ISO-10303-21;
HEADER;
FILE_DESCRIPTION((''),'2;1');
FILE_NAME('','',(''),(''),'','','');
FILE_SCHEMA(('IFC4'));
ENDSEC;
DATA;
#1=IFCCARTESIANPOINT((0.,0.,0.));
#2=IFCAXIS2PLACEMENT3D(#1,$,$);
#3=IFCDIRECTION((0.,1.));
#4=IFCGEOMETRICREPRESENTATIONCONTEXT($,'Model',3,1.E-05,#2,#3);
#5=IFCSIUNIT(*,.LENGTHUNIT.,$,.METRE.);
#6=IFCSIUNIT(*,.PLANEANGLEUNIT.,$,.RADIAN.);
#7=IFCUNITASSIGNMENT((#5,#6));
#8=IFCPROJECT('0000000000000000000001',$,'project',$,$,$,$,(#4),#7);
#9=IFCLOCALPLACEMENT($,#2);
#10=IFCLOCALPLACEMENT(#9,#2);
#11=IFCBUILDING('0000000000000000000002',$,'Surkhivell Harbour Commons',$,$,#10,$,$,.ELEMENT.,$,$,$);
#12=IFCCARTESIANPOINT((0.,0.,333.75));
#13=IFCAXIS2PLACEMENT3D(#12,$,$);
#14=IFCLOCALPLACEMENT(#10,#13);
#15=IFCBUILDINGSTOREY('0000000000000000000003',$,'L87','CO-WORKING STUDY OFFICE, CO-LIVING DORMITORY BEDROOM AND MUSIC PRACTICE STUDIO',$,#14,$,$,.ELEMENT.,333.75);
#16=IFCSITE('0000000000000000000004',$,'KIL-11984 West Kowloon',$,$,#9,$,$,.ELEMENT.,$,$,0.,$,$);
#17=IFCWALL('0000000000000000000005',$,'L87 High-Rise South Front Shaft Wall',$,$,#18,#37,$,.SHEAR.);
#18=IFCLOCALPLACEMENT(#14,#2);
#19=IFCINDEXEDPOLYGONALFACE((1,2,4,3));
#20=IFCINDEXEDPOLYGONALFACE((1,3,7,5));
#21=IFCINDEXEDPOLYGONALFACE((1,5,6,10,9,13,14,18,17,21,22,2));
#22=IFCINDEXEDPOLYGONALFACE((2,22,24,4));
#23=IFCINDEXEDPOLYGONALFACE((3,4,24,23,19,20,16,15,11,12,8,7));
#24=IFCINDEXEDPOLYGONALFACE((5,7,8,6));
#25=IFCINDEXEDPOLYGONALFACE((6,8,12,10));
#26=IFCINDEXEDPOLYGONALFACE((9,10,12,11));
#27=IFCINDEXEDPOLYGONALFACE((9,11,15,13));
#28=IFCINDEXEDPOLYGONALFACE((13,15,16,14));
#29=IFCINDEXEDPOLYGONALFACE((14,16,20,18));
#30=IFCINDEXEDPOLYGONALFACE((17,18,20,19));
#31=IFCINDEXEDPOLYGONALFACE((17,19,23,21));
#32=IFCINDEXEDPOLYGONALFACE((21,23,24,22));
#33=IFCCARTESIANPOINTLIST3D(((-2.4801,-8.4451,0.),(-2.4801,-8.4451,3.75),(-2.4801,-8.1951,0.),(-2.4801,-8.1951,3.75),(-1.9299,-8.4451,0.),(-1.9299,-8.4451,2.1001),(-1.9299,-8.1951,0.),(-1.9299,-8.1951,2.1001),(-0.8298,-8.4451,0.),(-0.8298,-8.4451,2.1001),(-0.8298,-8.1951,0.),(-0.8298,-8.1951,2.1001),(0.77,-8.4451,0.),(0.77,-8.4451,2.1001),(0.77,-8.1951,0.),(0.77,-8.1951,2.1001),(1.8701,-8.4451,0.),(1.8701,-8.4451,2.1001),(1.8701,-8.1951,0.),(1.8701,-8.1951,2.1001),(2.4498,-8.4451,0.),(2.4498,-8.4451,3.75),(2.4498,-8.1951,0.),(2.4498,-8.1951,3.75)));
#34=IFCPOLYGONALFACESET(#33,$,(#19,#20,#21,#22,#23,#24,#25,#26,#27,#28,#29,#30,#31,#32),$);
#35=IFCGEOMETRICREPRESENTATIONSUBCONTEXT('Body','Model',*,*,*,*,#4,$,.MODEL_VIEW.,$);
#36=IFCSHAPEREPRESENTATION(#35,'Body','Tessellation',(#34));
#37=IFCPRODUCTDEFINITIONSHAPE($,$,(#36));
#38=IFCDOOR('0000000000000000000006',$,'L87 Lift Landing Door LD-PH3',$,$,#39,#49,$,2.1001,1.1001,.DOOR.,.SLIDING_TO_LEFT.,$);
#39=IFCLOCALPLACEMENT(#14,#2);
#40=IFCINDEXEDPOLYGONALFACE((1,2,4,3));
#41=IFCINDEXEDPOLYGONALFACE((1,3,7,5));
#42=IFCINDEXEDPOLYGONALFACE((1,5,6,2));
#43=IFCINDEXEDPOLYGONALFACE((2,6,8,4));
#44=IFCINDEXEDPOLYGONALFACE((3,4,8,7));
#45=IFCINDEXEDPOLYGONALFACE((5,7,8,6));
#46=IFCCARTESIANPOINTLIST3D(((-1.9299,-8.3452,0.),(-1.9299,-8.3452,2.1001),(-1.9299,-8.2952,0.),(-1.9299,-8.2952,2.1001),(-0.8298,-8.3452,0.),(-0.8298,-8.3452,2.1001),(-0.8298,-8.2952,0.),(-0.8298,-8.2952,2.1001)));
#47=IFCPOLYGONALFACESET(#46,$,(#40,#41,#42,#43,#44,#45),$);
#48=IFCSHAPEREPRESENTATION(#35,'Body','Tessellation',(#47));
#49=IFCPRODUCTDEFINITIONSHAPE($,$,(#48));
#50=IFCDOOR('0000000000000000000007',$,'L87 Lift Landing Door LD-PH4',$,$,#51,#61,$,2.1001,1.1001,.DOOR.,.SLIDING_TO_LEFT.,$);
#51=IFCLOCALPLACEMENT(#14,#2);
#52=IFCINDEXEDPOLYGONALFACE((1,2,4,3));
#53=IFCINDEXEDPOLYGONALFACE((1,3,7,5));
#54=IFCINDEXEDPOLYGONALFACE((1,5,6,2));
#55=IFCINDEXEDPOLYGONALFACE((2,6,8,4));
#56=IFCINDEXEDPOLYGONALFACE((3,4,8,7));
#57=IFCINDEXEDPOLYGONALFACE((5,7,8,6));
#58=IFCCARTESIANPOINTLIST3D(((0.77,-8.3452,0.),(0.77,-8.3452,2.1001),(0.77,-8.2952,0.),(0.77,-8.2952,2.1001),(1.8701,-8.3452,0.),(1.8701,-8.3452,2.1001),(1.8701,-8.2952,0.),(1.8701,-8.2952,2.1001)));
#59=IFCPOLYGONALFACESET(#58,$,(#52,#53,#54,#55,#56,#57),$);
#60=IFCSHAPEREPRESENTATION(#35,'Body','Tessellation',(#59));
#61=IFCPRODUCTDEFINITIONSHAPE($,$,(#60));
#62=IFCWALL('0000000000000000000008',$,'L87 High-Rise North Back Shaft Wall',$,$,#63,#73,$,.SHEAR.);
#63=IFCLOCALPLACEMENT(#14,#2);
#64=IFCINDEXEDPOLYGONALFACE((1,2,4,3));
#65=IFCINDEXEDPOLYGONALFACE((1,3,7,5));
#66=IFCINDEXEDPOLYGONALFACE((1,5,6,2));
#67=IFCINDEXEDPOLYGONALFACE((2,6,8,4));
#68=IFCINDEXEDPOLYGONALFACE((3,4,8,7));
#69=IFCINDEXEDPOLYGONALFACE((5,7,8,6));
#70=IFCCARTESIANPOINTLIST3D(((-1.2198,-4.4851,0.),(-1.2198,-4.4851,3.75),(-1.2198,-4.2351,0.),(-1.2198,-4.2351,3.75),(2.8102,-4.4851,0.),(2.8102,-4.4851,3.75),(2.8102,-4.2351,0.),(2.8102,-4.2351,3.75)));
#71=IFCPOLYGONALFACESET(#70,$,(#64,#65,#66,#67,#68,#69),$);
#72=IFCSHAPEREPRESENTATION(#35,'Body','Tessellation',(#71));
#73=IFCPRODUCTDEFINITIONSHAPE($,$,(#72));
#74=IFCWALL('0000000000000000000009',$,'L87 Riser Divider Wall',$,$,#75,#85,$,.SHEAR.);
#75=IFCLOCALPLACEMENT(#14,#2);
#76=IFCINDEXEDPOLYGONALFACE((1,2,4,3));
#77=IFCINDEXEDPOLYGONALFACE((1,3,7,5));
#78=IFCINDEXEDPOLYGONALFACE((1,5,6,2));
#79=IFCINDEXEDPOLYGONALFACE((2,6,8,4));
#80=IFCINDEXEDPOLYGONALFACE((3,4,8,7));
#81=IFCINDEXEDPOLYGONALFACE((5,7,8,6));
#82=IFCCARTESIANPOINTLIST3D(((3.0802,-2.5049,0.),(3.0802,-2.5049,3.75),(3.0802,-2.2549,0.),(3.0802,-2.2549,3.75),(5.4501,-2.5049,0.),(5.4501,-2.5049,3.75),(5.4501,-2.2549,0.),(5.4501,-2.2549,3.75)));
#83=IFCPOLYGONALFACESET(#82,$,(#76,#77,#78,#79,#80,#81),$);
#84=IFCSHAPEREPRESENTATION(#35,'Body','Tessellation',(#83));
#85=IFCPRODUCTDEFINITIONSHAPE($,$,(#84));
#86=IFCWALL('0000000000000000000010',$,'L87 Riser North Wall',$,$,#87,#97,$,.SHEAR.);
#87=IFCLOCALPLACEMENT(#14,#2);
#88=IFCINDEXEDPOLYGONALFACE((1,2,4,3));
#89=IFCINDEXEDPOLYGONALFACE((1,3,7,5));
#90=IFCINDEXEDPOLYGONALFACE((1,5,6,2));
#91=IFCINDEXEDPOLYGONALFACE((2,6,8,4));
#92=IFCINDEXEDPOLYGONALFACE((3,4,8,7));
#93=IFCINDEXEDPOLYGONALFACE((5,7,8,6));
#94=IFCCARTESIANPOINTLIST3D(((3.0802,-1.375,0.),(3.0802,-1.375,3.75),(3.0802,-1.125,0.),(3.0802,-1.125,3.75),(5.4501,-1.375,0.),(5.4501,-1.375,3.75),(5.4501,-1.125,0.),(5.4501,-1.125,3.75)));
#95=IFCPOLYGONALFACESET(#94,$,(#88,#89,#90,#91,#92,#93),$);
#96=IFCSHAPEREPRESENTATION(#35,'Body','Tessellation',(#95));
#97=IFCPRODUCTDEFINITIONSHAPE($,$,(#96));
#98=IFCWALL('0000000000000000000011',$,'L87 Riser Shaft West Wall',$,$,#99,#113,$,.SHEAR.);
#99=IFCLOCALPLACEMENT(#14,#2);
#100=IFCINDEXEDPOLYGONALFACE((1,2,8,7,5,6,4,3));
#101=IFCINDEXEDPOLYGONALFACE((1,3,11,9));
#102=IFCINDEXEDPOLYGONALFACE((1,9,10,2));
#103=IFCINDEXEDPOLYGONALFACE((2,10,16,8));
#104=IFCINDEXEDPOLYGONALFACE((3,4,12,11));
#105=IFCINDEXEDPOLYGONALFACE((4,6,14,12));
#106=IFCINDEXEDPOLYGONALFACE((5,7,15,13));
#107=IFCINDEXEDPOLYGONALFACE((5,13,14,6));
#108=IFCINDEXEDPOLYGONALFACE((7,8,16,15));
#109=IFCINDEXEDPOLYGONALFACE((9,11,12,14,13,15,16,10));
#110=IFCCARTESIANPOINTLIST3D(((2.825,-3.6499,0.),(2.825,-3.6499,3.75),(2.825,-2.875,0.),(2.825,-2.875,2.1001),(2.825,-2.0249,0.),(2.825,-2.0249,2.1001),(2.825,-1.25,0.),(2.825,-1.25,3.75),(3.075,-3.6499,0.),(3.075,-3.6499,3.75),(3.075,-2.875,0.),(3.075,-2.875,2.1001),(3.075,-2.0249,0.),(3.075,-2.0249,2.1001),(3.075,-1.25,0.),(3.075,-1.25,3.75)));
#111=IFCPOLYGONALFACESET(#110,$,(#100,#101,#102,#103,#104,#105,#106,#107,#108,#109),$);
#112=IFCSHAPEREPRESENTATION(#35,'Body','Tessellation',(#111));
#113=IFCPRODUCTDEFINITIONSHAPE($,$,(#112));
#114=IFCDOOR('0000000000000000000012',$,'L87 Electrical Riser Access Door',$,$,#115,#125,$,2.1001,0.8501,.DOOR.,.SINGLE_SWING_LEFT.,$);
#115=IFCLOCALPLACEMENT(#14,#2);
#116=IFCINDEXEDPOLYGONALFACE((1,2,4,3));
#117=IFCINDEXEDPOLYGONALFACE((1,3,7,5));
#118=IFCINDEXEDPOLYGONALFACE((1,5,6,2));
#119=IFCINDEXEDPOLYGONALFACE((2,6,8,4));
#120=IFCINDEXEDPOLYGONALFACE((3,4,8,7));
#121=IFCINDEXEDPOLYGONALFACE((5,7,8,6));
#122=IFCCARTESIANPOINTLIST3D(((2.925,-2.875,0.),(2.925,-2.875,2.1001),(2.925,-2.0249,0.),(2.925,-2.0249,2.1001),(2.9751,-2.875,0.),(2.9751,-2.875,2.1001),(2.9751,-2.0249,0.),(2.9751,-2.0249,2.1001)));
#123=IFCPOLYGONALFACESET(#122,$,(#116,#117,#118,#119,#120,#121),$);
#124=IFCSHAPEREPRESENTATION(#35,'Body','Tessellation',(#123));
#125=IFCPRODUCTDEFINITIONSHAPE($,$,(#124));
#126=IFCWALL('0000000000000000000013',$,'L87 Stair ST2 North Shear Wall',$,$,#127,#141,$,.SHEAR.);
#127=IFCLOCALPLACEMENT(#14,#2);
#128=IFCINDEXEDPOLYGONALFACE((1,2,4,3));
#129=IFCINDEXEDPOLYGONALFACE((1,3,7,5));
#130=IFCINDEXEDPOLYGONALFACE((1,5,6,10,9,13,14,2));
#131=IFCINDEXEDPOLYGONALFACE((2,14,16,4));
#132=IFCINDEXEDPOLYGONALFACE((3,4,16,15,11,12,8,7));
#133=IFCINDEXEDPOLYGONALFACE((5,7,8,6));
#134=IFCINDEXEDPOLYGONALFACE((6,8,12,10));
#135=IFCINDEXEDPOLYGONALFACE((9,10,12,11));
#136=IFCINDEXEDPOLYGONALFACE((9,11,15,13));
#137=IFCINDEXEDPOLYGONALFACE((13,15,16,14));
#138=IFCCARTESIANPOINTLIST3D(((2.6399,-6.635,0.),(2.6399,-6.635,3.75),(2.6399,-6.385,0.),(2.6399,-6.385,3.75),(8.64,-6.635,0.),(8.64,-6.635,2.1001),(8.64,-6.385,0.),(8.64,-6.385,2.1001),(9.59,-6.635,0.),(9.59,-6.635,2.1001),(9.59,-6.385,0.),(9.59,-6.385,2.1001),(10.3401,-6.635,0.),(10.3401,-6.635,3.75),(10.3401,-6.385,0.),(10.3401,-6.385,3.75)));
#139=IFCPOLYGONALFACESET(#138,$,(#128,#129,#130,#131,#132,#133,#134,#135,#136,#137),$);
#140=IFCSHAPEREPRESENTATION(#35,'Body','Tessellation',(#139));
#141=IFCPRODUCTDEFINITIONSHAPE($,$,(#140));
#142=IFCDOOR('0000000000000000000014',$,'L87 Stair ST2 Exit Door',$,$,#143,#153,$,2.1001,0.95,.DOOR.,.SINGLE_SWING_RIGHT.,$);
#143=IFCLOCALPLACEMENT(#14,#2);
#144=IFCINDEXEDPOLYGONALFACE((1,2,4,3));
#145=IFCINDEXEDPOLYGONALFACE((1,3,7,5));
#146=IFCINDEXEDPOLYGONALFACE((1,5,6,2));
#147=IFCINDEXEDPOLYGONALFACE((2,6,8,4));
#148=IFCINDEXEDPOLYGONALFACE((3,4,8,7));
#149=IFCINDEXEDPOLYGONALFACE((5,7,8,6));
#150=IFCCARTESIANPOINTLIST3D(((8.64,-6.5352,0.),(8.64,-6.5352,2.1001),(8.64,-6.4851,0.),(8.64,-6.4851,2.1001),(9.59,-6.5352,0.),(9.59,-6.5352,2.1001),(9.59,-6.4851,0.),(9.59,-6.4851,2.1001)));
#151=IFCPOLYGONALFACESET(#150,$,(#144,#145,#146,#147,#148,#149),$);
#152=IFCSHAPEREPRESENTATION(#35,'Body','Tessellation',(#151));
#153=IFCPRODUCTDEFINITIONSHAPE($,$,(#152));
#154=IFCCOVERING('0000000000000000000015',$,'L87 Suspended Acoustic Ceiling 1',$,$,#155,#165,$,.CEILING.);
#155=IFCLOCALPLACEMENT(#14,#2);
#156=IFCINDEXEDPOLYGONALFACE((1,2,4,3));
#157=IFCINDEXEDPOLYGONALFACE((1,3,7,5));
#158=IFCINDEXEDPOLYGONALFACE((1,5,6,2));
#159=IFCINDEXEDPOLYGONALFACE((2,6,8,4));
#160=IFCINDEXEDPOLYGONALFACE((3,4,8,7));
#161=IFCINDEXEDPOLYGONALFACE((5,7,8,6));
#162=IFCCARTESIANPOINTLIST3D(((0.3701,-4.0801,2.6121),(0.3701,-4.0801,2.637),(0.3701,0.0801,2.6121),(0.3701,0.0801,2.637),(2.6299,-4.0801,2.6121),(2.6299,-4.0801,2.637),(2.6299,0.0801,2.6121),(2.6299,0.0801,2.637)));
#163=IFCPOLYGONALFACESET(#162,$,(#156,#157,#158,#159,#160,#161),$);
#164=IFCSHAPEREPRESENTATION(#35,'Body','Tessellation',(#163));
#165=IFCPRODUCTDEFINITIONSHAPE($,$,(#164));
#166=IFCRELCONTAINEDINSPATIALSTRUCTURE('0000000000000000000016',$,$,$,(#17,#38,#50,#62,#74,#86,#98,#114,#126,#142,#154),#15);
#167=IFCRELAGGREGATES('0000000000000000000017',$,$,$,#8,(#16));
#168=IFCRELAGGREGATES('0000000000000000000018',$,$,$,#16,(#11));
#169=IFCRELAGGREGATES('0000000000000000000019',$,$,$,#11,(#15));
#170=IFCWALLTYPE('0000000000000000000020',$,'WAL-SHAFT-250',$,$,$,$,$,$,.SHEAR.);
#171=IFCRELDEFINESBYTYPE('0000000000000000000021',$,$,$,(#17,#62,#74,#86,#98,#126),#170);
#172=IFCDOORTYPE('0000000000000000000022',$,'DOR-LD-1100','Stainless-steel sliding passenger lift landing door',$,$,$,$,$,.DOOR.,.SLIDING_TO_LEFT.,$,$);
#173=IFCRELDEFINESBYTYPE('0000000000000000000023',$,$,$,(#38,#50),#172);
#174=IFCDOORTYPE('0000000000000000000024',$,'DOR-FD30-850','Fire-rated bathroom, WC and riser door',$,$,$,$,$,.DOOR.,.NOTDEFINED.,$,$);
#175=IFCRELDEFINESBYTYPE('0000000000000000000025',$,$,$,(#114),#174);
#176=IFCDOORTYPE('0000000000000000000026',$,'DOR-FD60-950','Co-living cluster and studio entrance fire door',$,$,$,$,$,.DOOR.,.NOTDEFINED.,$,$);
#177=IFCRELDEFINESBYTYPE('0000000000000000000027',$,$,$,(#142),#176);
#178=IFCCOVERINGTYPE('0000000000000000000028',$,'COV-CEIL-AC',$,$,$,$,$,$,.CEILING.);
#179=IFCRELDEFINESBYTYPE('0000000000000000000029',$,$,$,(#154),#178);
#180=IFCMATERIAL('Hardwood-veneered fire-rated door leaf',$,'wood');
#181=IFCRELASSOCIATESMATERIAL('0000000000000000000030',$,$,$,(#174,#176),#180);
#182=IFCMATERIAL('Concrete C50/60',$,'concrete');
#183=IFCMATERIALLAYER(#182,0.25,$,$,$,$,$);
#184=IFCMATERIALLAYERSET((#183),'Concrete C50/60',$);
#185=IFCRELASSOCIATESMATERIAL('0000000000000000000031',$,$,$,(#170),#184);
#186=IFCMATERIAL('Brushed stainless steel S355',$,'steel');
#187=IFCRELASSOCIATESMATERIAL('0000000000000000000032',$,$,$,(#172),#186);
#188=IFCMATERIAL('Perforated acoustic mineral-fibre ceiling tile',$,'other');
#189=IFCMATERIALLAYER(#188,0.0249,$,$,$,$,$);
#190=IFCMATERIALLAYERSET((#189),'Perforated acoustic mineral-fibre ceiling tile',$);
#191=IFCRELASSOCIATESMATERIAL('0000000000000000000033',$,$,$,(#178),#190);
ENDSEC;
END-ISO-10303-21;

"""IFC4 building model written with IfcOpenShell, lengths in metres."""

from ifc_helpers import new_model, si_unit, direction, frame, frame_2d, origin, place, context, subcontext, project, spatial, polyline, rectangle, outline, extrude, material, layer, layer_set, type_object, element, fill, save


model = new_model("IFC4")

# Units and contexts
model_context = context("Model", 3, precision=1e-05, world=origin(), true_north=direction((0.0, 1.0)))
body_context = subcontext(model_context, "Body", "Model", "MODEL_VIEW")
ifc_project = project(units=[si_unit("LENGTHUNIT", "METRE"), si_unit("PLANEANGLEUNIT", "RADIAN")], contexts=[model_context])

# Site, building, storey
site_placement = place(None, origin())
site = spatial("IfcSite", under=ifc_project, at=site_placement, Name="KIL-11984 West Kowloon", CompositionType="ELEMENT", RefElevation=0.0)
building_placement = place(site_placement, origin())
building = spatial("IfcBuilding", under=site, at=building_placement, Name="Surkhivell Harbour Commons", CompositionType="ELEMENT")
storey_placement = place(building_placement, frame((0.0, 0.0, 333.75)))
storey = spatial("IfcBuildingStorey", under=building, at=storey_placement, Name="L87", Description="CO-WORKING STUDY OFFICE, CO-LIVING DORMITORY BEDROOM AND MUSIC PRACTICE STUDIO", CompositionType="ELEMENT", Elevation=333.75)

# Shared definitions
ifc_material_1 = material(Name="Hardwood-veneered fire-rated door leaf", Category="wood")
door_type_1 = type_object("IfcDoorType", Name="DOR-FD30-850", Description="Fire-rated bathroom, WC and riser door", OperationType="NOTDEFINED", PredefinedType="DOOR", material=ifc_material_1)

# Shared definitions
ifc_material_2 = material(Name="Concrete C50/60", Category="concrete")
ifc_layer_1 = layer(ifc_material_2, 0.25)
ifc_layer_set_1 = layer_set([ifc_layer_1], Name="Concrete C50/60")
wall_type_1 = type_object("IfcWallType", Name="WAL-SHAFT-250", PredefinedType="SHEAR", material=ifc_layer_set_1)

# Wall, openings, doors
ifc_material_3 = material(Name="Brushed stainless steel S355", Category="steel")
door_type_2 = type_object("IfcDoorType", Name="DOR-LD-1100", Description="Stainless-steel sliding passenger lift landing door", OperationType="SLIDING_TO_LEFT", PredefinedType="DOOR", material=ifc_material_3)
wall_1_placement = place(storey_placement, frame((-2.48, -8.3201, 0.0), z_axis=(0.0, 0.0, 1.0), x_axis=(1.0, 0.0, 0.0)))
wall_1 = element("IfcWall", 1, at=wall_1_placement, inside=storey, type_object=wall_type_1, Name="L87 High-Rise South Front Shaft Wall", PredefinedType="SHEAR", context=body_context, shape_type="SweptSolid", body=[
    extrude(rectangle(XDim=4.9299, YDim=0.25, at=frame_2d((2.4648, 0.0))), origin(), (0.0, 0.0, 1.0), 3.75),
])
opening_1_placement = place(wall_1_placement, frame((0.55, 0.0, 0.0)))
opening_1 = element("IfcOpeningElement", 2, at=opening_1_placement, cuts=wall_1, PredefinedType="OPENING", context=body_context, shape_type="SweptSolid", body=[
    extrude(rectangle(XDim=1.1001, YDim=2.1001, at=frame_2d((0.55, 1.05))), frame((0.0, 0.135, 0.0), z_axis=(0.0, -1.0, 0.0), x_axis=(1.0, 0.0, 0.0)), (0.0, 0.0, 1.0), 0.27),
])
opening_2_placement = place(wall_1_placement, frame((3.25, 0.0, 0.0)))
opening_2 = element("IfcOpeningElement", 3, at=opening_2_placement, cuts=wall_1, PredefinedType="OPENING", context=body_context, shape_type="SweptSolid", body=[
    extrude(rectangle(XDim=1.1001, YDim=2.1001, at=frame_2d((0.55, 1.05))), frame((0.0, 0.135, 0.0), z_axis=(0.0, -1.0, 0.0), x_axis=(1.0, 0.0, 0.0)), (0.0, 0.0, 1.0), 0.27),
])
door_1_placement = place(opening_1_placement, origin())
door_1 = element("IfcDoor", 4, at=door_1_placement, inside=storey, type_object=door_type_2, Name="L87 Lift Landing Door LD-PH3", OperationType="SLIDING_TO_LEFT", OverallHeight=2.1001, OverallWidth=1.1001, PredefinedType="DOOR", context=body_context, shape_type="SweptSolid", body=[
    extrude(rectangle(XDim=1.1001, YDim=2.1001, at=frame_2d((0.55, 1.05))), frame((0.0, 0.0249, 0.0), z_axis=(0.0, -1.0, 0.0), x_axis=(1.0, 0.0, 0.0)), (0.0, 0.0, 1.0), 0.05),
])
fill(opening_1, door_1)
door_2_placement = place(opening_2_placement, origin())
door_2 = element("IfcDoor", 5, at=door_2_placement, inside=storey, type_object=door_type_2, Name="L87 Lift Landing Door LD-PH4", OperationType="SLIDING_TO_LEFT", OverallHeight=2.1001, OverallWidth=1.1001, PredefinedType="DOOR", context=body_context, shape_type="SweptSolid", body=[
    extrude(rectangle(XDim=1.1001, YDim=2.1001, at=frame_2d((0.55, 1.05))), frame((0.0, 0.0249, 0.0), z_axis=(0.0, -1.0, 0.0), x_axis=(1.0, 0.0, 0.0)), (0.0, 0.0, 1.0), 0.05),
])
fill(opening_2, door_2)

# Walls
wall_2_placement = place(storey_placement, frame((-1.22, -4.3601, 0.0), z_axis=(0.0, 0.0, 1.0), x_axis=(1.0, 0.0, 0.0)))
element("IfcWall", 6, at=wall_2_placement, inside=storey, type_object=wall_type_1, Name="L87 High-Rise North Back Shaft Wall", PredefinedType="SHEAR", context=body_context, shape_type="SweptSolid", body=[
    extrude(rectangle(XDim=4.03, YDim=0.25, at=frame_2d((2.0151, 0.0))), origin(), (0.0, 0.0, 1.0), 3.75),
])
for number, where, z_axis, x_axis, name in (
    (7, (3.0801, -2.3799, 0.0), (0.0, 0.0, 1.0), (1.0, 0.0, 0.0), "L87 Riser Divider Wall"),
    (8, (3.0801, -1.25, 0.0), (0.0, 0.0, 1.0), (1.0, 0.0, 0.0), "L87 Riser North Wall"),
):
    element("IfcWall", number, at=place(storey_placement, frame(where, z_axis=z_axis, x_axis=x_axis)), inside=storey, type_object=wall_type_1, Name=name, PredefinedType="SHEAR", context=body_context, shape_type="SweptSolid", body=[
        extrude(rectangle(XDim=2.3699, YDim=0.25, at=frame_2d((1.1851, 0.0))), origin(), (0.0, 0.0, 1.0), 3.75),
    ])

# Walls, openings, doors
wall_3_placement = place(storey_placement, frame((2.95, -3.6499, 0.0), z_axis=(0.0, 0.0, 1.0), x_axis=(0.0, 1.0, 0.0)))
wall_3 = element("IfcWall", 9, at=wall_3_placement, inside=storey, type_object=wall_type_1, Name="L87 Riser Shaft West Wall", PredefinedType="SHEAR", context=body_context, shape_type="SweptSolid", body=[
    extrude(rectangle(XDim=2.3999, YDim=0.25, at=frame_2d((1.2, 0.0))), origin(), (0.0, 0.0, 1.0), 3.75),
])
opening_3_placement = place(wall_3_placement, frame((0.7749, 0.0, 0.0)))
opening_3 = element("IfcOpeningElement", 10, at=opening_3_placement, cuts=wall_3, PredefinedType="OPENING", context=body_context, shape_type="SweptSolid", body=[
    extrude(rectangle(XDim=0.8501, YDim=2.1001, at=frame_2d((0.425, 1.05))), frame((0.0, 0.135, 0.0), z_axis=(0.0, -1.0, 0.0), x_axis=(1.0, 0.0, 0.0)), (0.0, 0.0, 1.0), 0.27),
])
door_3_placement = place(opening_3_placement, origin())
door_3 = element("IfcDoor", 11, at=door_3_placement, inside=storey, type_object=door_type_1, Name="L87 Electrical Riser Access Door", OperationType="SINGLE_SWING_LEFT", OverallHeight=2.1001, OverallWidth=0.8501, PredefinedType="DOOR", context=body_context, shape_type="SweptSolid", body=[
    extrude(rectangle(XDim=0.8501, YDim=2.1001, at=frame_2d((0.425, 1.05))), frame((0.0, 0.0249, 0.0), z_axis=(0.0, -1.0, 0.0), x_axis=(1.0, 0.0, 0.0)), (0.0, 0.0, 1.0), 0.05),
])
fill(opening_3, door_3)
wall_4_placement = place(storey_placement, frame((2.6399, -6.51, 0.0), z_axis=(0.0, 0.0, 1.0), x_axis=(1.0, 0.0, 0.0)))
wall_4 = element("IfcWall", 12, at=wall_4_placement, inside=storey, type_object=wall_type_1, Name="L87 Stair ST2 North Shear Wall", PredefinedType="SHEAR", context=body_context, shape_type="SweptSolid", body=[
    extrude(rectangle(XDim=7.7002, YDim=0.25, at=frame_2d((3.8501, 0.0))), origin(), (0.0, 0.0, 1.0), 3.75),
])
opening_4_placement = place(wall_4_placement, frame((6.0, 0.0, 0.0)))
opening_4 = element("IfcOpeningElement", 13, at=opening_4_placement, cuts=wall_4, PredefinedType="OPENING", context=body_context, shape_type="SweptSolid", body=[
    extrude(rectangle(XDim=0.95, YDim=2.1001, at=frame_2d((0.4751, 1.05))), frame((0.0, 0.135, 0.0), z_axis=(0.0, -1.0, 0.0), x_axis=(1.0, 0.0, 0.0)), (0.0, 0.0, 1.0), 0.27),
])
door_type_3 = type_object("IfcDoorType", Name="DOR-FD60-950", Description="Co-living cluster and studio entrance fire door", OperationType="NOTDEFINED", PredefinedType="DOOR", material=ifc_material_1)
door_4_placement = place(opening_4_placement, origin())
door_4 = element("IfcDoor", 14, at=door_4_placement, inside=storey, type_object=door_type_3, Name="L87 Stair ST2 Exit Door", OperationType="SINGLE_SWING_RIGHT", OverallHeight=2.1001, OverallWidth=0.95, PredefinedType="DOOR", context=body_context, shape_type="SweptSolid", body=[
    extrude(rectangle(XDim=0.95, YDim=2.1001, at=frame_2d((0.4751, 1.05))), frame((0.0, 0.0249, 0.0), z_axis=(0.0, -1.0, 0.0), x_axis=(1.0, 0.0, 0.0)), (0.0, 0.0, 1.0), 0.05),
])
fill(opening_4, door_4)

# Covering
ifc_material_4 = material(Name="Perforated acoustic mineral-fibre ceiling tile", Category="other")
ifc_layer_2 = layer(ifc_material_4, 0.0249)
ifc_layer_set_2 = layer_set([ifc_layer_2], Name="Perforated acoustic mineral-fibre ceiling tile")
covering_type = type_object("IfcCoveringType", Name="COV-CEIL-AC", PredefinedType="CEILING", material=ifc_layer_set_2)
covering_placement = place(storey_placement, frame((0.0, 0.0, 2.6121)))
element("IfcCovering", 15, at=covering_placement, inside=storey, type_object=covering_type, Name="L87 Suspended Acoustic Ceiling 1", PredefinedType="CEILING", context=body_context, shape_type="SweptSolid", body=[
    extrude(outline(polyline([(0.3701, -4.0801), (2.6299, -4.0801), (2.6299, 0.0801), (0.3701, 0.0801), (0.3701, -4.0801)])), origin(), (0.0, 0.0, 1.0), 0.0249),
])

save(model, "model.ifc")
